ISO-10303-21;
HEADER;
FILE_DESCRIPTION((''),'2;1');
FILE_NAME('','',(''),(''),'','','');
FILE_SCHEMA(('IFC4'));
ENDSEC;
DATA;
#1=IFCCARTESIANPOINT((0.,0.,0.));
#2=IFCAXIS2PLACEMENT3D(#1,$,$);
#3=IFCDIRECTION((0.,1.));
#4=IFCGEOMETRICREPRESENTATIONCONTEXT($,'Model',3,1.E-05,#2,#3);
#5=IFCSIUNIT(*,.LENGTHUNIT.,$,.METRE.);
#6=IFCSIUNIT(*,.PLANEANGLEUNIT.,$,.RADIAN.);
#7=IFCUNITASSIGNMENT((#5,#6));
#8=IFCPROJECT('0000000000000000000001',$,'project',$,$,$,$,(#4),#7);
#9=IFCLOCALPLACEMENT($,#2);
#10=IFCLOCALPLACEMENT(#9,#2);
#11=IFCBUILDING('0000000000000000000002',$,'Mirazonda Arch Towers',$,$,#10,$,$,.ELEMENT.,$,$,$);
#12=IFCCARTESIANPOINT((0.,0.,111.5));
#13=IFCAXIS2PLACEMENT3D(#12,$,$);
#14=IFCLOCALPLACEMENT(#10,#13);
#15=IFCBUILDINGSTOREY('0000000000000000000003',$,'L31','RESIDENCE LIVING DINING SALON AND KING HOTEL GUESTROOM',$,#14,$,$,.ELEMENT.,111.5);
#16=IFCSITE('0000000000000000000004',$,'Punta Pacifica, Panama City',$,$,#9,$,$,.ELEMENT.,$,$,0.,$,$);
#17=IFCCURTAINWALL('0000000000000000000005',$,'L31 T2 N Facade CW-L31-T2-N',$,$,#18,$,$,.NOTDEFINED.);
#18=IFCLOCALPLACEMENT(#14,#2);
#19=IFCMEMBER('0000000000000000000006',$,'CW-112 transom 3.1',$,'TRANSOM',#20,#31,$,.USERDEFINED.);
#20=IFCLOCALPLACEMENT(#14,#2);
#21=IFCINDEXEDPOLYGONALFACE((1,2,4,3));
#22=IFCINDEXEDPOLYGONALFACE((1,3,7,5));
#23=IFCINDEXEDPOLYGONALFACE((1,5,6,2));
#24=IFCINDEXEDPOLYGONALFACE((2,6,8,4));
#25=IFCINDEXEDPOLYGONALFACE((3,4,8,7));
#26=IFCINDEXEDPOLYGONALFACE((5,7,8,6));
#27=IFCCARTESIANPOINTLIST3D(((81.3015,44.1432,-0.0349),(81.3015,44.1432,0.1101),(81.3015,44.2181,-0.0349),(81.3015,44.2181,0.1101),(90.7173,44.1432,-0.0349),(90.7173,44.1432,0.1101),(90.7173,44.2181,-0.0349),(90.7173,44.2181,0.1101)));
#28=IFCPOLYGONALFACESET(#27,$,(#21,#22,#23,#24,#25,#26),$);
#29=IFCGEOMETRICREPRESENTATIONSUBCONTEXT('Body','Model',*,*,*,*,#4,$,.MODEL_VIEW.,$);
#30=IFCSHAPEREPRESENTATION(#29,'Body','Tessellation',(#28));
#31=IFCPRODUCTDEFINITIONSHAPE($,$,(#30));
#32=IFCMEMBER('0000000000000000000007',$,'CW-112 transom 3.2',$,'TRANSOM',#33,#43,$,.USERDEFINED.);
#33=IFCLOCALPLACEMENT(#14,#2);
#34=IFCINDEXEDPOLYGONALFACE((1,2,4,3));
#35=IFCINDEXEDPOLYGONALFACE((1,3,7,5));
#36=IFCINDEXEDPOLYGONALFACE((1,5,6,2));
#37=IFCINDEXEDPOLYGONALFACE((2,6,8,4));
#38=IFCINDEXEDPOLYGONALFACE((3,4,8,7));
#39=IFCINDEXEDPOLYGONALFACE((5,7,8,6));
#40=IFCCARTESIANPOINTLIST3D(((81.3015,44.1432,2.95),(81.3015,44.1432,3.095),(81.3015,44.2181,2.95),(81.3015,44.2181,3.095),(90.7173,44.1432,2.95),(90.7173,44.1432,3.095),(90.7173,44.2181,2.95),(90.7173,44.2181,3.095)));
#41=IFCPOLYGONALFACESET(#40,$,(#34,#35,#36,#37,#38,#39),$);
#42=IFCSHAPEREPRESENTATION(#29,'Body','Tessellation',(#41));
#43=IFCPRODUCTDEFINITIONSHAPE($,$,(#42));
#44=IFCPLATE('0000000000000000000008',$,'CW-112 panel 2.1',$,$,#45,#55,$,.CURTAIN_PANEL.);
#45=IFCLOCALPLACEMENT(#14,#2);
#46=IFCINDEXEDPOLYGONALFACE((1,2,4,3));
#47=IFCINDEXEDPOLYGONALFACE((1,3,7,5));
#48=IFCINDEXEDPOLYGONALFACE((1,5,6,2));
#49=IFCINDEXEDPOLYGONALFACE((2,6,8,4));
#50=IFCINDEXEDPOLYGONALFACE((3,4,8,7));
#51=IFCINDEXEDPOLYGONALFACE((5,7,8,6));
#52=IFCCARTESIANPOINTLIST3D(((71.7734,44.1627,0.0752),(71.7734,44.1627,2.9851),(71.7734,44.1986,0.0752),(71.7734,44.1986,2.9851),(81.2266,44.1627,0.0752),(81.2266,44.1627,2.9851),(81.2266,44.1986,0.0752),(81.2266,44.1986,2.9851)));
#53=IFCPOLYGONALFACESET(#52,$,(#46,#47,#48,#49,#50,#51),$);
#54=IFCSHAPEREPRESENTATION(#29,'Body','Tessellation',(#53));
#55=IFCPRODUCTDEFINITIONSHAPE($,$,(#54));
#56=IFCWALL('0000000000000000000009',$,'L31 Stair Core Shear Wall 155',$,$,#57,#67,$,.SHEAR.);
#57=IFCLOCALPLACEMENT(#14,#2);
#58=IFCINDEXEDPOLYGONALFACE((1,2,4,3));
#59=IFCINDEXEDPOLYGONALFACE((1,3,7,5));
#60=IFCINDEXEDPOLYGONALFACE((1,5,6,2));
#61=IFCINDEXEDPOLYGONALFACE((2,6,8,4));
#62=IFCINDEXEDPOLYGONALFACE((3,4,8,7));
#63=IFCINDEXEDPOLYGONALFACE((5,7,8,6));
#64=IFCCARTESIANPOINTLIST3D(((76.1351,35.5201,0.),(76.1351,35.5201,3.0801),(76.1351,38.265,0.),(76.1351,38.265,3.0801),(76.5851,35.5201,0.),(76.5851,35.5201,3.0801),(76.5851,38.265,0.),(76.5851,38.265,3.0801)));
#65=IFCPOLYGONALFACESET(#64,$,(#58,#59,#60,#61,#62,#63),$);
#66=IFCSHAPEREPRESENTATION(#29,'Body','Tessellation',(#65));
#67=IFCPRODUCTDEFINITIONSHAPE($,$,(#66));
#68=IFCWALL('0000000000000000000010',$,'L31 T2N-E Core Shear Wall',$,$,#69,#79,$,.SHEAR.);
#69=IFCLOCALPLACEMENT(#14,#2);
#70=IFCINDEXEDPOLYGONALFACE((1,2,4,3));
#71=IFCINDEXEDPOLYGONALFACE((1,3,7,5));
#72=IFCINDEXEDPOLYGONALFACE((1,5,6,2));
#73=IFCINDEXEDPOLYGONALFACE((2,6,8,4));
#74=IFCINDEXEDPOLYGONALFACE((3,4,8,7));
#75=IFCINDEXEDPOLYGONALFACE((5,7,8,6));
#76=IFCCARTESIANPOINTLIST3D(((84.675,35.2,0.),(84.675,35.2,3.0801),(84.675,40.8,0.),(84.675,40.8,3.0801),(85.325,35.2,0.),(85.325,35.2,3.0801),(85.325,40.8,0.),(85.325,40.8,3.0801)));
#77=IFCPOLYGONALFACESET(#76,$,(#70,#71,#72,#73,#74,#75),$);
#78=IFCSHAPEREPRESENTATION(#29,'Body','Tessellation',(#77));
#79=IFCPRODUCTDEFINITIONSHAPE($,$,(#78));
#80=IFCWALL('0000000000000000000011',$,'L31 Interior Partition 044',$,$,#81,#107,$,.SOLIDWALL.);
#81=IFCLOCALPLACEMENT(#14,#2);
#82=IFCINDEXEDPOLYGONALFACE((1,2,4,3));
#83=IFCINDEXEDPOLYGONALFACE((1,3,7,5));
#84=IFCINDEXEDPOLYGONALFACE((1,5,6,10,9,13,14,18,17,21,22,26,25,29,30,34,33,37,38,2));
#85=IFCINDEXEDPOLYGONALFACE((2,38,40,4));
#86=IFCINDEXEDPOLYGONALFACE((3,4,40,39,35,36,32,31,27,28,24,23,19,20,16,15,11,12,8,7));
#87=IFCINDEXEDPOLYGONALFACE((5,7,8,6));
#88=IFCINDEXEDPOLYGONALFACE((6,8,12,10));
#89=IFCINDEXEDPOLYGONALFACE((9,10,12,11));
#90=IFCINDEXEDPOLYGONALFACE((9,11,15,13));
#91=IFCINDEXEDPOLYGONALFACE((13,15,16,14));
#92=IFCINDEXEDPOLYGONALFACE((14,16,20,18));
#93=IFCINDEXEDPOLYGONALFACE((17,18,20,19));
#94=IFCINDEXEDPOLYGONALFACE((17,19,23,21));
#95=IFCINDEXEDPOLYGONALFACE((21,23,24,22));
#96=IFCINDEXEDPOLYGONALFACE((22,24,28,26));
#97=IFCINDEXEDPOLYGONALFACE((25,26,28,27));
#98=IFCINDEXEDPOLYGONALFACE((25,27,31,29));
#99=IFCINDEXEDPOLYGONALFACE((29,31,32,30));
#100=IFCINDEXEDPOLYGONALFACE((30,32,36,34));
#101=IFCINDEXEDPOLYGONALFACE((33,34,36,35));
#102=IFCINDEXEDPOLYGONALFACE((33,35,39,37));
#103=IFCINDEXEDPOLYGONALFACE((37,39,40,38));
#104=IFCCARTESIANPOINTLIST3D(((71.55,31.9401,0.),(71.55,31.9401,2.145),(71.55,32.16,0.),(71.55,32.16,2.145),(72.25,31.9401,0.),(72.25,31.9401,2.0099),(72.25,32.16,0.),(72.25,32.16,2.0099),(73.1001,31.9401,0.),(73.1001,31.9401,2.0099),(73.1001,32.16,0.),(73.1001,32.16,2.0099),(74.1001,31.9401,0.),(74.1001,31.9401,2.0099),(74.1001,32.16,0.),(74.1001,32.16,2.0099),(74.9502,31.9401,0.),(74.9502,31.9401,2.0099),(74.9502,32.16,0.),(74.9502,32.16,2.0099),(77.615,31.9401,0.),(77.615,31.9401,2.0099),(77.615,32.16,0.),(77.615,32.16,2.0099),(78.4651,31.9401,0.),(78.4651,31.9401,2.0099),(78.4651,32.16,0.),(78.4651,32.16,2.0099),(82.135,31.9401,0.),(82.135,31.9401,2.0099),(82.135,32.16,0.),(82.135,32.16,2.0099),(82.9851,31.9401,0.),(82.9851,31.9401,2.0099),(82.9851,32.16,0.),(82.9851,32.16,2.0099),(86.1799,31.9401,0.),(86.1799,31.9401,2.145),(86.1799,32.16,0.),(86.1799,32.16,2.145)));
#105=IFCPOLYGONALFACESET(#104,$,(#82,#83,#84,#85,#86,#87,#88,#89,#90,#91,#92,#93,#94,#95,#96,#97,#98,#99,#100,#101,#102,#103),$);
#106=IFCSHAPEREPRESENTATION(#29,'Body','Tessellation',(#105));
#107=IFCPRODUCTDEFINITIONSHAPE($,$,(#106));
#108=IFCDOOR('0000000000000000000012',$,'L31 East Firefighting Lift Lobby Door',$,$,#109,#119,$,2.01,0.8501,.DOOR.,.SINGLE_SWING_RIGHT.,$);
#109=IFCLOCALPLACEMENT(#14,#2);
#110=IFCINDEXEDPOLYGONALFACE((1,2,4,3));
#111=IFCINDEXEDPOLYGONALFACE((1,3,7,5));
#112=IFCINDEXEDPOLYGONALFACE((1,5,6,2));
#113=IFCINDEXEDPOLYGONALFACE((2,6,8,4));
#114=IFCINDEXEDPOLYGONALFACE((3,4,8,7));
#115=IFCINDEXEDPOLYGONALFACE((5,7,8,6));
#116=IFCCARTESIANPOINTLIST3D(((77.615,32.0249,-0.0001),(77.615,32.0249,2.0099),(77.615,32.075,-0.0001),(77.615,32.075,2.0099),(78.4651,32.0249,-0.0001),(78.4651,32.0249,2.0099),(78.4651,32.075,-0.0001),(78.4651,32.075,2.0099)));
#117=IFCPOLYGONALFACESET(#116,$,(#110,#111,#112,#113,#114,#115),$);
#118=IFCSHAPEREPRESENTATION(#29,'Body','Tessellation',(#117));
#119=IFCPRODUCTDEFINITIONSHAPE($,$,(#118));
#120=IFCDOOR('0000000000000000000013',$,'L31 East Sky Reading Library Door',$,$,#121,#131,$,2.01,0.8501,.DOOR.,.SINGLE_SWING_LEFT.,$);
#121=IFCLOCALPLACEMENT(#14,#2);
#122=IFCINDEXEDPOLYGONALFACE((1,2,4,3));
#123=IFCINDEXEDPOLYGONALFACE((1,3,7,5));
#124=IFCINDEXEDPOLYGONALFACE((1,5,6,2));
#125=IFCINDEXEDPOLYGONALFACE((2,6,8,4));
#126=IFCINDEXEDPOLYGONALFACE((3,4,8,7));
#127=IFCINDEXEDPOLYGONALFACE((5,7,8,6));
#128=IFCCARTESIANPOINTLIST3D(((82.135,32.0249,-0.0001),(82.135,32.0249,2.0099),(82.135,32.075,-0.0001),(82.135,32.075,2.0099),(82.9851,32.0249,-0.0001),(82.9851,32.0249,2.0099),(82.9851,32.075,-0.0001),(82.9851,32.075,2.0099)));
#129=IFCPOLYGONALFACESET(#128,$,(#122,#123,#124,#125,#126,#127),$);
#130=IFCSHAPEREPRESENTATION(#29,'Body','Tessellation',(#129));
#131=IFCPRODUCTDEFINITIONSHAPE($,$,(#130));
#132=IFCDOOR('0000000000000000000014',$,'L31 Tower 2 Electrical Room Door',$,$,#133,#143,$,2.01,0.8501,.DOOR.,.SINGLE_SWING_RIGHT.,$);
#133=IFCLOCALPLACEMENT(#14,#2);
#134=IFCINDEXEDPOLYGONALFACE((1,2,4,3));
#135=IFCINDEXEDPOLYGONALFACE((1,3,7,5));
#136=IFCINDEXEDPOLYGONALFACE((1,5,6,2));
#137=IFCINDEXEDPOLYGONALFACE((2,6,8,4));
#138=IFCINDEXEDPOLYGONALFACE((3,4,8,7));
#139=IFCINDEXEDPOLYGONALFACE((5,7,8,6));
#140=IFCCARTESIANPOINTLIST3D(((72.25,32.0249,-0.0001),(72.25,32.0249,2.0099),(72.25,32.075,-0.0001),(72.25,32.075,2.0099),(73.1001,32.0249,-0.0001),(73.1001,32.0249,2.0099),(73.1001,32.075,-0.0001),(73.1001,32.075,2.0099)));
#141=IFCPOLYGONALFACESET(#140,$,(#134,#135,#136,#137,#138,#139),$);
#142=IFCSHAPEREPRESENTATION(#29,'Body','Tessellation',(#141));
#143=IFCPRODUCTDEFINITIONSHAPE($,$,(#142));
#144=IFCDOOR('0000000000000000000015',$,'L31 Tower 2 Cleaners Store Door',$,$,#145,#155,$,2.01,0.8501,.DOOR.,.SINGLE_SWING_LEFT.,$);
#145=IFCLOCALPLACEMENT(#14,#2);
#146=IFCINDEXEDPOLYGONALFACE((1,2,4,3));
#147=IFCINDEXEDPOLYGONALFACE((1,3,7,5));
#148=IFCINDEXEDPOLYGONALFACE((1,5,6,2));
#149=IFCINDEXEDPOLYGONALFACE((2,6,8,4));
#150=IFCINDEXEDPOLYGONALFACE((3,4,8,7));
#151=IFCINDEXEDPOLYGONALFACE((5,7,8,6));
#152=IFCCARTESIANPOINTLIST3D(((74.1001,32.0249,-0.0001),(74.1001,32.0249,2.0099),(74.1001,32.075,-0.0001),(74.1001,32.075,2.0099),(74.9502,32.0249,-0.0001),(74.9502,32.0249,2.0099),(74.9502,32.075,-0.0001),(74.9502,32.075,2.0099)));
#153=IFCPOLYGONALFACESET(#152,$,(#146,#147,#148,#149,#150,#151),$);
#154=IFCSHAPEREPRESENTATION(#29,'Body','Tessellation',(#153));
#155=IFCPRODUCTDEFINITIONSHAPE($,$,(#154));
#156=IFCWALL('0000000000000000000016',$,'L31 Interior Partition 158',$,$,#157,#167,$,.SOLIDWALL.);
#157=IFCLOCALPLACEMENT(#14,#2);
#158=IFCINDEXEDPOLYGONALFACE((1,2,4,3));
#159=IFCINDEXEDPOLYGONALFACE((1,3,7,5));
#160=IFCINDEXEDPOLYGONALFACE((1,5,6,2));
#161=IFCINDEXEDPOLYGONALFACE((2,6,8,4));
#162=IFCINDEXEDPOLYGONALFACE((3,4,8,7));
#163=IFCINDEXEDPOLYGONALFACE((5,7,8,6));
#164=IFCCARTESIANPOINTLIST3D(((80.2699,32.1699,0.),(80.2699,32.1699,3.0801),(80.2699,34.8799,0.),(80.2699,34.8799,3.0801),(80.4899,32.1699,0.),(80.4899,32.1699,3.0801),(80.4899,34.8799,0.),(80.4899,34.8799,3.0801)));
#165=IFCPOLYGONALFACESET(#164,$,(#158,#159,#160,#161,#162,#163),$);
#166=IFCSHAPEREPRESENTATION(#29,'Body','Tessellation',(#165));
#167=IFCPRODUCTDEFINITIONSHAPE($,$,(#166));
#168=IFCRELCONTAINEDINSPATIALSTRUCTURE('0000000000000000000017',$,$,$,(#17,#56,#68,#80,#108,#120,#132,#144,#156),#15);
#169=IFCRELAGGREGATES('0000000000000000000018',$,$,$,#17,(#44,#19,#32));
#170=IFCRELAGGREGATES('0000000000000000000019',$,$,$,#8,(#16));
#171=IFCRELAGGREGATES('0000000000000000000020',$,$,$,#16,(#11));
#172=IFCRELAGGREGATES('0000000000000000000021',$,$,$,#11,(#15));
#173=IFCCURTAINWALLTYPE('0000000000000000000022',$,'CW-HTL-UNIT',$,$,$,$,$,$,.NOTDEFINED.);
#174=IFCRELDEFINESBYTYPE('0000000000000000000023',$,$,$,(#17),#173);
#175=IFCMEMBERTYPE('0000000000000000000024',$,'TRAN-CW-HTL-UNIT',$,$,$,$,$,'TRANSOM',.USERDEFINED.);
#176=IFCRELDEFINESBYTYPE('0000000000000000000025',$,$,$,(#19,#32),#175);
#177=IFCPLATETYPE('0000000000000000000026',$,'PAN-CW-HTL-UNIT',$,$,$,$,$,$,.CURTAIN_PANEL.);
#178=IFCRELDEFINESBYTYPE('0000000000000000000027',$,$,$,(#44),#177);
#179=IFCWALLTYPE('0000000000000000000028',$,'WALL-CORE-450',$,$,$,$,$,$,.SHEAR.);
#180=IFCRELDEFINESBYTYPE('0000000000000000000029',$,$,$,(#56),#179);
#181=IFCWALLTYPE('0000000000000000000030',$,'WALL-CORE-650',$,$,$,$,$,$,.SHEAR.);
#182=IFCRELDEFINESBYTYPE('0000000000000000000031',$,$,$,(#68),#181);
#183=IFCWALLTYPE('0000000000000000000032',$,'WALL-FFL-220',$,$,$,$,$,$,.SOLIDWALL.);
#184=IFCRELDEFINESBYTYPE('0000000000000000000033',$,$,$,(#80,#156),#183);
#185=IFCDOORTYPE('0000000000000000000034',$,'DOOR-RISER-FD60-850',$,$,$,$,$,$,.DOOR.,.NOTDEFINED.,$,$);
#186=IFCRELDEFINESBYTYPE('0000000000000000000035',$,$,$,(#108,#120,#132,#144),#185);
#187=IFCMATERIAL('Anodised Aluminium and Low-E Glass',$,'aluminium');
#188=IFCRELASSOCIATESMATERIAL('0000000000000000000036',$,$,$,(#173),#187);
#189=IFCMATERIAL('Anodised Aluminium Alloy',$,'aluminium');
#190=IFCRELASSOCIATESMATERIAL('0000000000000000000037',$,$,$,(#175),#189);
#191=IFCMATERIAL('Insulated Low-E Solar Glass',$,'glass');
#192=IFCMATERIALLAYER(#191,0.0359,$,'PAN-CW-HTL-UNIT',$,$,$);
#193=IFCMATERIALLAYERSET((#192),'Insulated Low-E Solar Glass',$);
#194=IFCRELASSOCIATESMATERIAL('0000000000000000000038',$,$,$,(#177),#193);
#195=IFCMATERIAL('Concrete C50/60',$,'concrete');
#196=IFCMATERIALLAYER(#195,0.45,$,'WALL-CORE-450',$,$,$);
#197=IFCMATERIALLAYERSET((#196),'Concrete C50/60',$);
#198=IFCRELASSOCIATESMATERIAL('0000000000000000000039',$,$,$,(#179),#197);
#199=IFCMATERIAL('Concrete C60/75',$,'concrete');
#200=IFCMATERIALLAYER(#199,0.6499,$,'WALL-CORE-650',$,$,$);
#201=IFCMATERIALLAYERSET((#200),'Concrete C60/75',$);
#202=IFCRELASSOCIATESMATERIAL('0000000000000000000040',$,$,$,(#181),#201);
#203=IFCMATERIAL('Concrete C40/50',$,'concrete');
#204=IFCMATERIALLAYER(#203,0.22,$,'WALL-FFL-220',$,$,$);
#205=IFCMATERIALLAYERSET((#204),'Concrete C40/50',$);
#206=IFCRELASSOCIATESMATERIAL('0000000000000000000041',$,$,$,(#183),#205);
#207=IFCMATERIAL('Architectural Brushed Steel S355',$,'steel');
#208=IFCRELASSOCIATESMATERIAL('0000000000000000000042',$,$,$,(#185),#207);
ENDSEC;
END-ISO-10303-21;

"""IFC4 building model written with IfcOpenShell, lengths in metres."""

from ifc_helpers import new_model, si_unit, direction, frame, frame_2d, origin, origin_2d, place, context, subcontext, project, spatial, rectangle, extrude, material, layer, layer_set, material_profile, profile_set, type_object, element, fill, aggregate, save


model = new_model("IFC4")

# Units and contexts
model_context = context("Model", 3, precision=1e-05, world=origin(), true_north=direction((0.0, 1.0)))
body_context = subcontext(model_context, "Body", "Model", "MODEL_VIEW")
ifc_project = project(units=[si_unit("LENGTHUNIT", "METRE"), si_unit("PLANEANGLEUNIT", "RADIAN")], contexts=[model_context])

# Site, building, storey
site_placement = place(None, origin())
site = spatial("IfcSite", under=ifc_project, at=site_placement, Name="Punta Pacifica, Panama City", CompositionType="ELEMENT", RefElevation=0.0)
building_placement = place(site_placement, origin())
building = spatial("IfcBuilding", under=site, at=building_placement, Name="Mirazonda Arch Towers", CompositionType="ELEMENT")
storey_placement = place(building_placement, frame((0.0, 0.0, 111.5)))
storey = spatial("IfcBuildingStorey", under=building, at=storey_placement, Name="L31", Description="RESIDENCE LIVING DINING SALON AND KING HOTEL GUESTROOM", CompositionType="ELEMENT", Elevation=111.5)

# Shared definitions
ifc_material_1 = material(Name="Concrete C50/60", Category="concrete")

# Shared definitions
ifc_material_2 = material(Name="Concrete C60/75", Category="concrete")

# Curtain wall, members, plate
ifc_material_3 = material(Name="Anodised Aluminium and Low-E Glass", Category="aluminium")
curtain_wall_type = type_object("IfcCurtainWallType", Name="CW-HTL-UNIT", PredefinedType="NOTDEFINED", material=ifc_material_3)
curtain_wall_placement = place(storey_placement, origin())
curtain_wall = element("IfcCurtainWall", 1, at=curtain_wall_placement, inside=storey, type_object=curtain_wall_type, Name="L31 T2 N Facade CW-L31-T2-N", PredefinedType="NOTDEFINED")
ifc_material_4 = material(Name="Anodised Aluminium Alloy", Category="aluminium")
ifc_material_profile_1 = material_profile(ifc_material_4, rectangle(XDim=0.075, YDim=0.145, at=origin_2d()), Name="ALU-TRAN-75x145")
ifc_profile_set_1 = profile_set([ifc_material_profile_1], Name="Anodised Aluminium Alloy")
member_type_1 = type_object("IfcMemberType", Name="TRAN-CW-HTL-UNIT", ElementType="TRANSOM", PredefinedType="USERDEFINED", material=ifc_profile_set_1)
member_1_placement = place(storey_placement, frame((81.3015, 44.1807, 0.0376), z_axis=(1.0, 0.0, 0.0), x_axis=(0.0, 1.0, 0.0)))
member_1 = element("IfcMember", 2, at=member_1_placement, type_object=member_type_1, Name="CW-112 transom 3.1", ObjectType="TRANSOM", PredefinedType="USERDEFINED", context=body_context, shape_type="SweptSolid", body=[
    extrude(rectangle(XDim=0.075, YDim=0.145, at=origin_2d()), origin(), (0.0, 0.0, 1.0), 9.4158),
])
member_2_placement = place(storey_placement, frame((81.3015, 44.1807, 3.0225), z_axis=(1.0, 0.0, 0.0), x_axis=(0.0, 1.0, 0.0)))
member_2 = element("IfcMember", 3, at=member_2_placement, type_object=member_type_1, Name="CW-112 transom 3.2", ObjectType="TRANSOM", PredefinedType="USERDEFINED", context=body_context, shape_type="SweptSolid", body=[
    extrude(rectangle(XDim=0.075, YDim=0.145, at=origin_2d()), origin(), (0.0, 0.0, 1.0), 9.4158),
])
ifc_material_5 = material(Name="Insulated Low-E Solar Glass", Category="glass")
ifc_layer_1 = layer(ifc_material_5, 0.0359, Name="PAN-CW-HTL-UNIT")
ifc_layer_set_1 = layer_set([ifc_layer_1], Name="Insulated Low-E Solar Glass")
plate_type = type_object("IfcPlateType", Name="PAN-CW-HTL-UNIT", PredefinedType="CURTAIN_PANEL", material=ifc_layer_set_1)
plate_placement = place(storey_placement, frame((76.5, 44.1807, 0.0752), z_axis=(0.0, 0.0, 1.0), x_axis=(1.0, 0.0, 0.0)))
plate = element("IfcPlate", 4, at=plate_placement, type_object=plate_type, Name="CW-112 panel 2.1", PredefinedType="CURTAIN_PANEL", context=body_context, shape_type="SweptSolid", body=[
    extrude(rectangle(XDim=9.4531, YDim=0.0359, at=origin_2d()), origin(), (0.0, 0.0, 1.0), 2.9099),
])
aggregate(curtain_wall, [plate, member_1, member_2])

# Walls
ifc_layer_2 = layer(ifc_material_1, 0.45, Name="WALL-CORE-450")
ifc_layer_set_2 = layer_set([ifc_layer_2], Name="Concrete C50/60")
wall_type_1 = type_object("IfcWallType", Name="WALL-CORE-450", PredefinedType="SHEAR", material=ifc_layer_set_2)
wall_1_placement = place(storey_placement, frame((76.3601, 35.52, 0.0), z_axis=(0.0, 0.0, 1.0), x_axis=(0.0, 1.0, 0.0)))
element("IfcWall", 5, at=wall_1_placement, inside=storey, type_object=wall_type_1, Name="L31 Stair Core Shear Wall 155", PredefinedType="SHEAR", context=body_context, shape_type="SweptSolid", body=[
    extrude(rectangle(XDim=2.7449, YDim=0.45, at=frame_2d((1.3726, 0.0))), origin(), (0.0, 0.0, 1.0), 3.0801),
])
ifc_layer_3 = layer(ifc_material_2, 0.6499, Name="WALL-CORE-650")
ifc_layer_set_3 = layer_set([ifc_layer_3], Name="Concrete C60/75")
wall_type_2 = type_object("IfcWallType", Name="WALL-CORE-650", PredefinedType="SHEAR", material=ifc_layer_set_3)
wall_2_placement = place(storey_placement, frame((85.0, 35.2, 0.0), z_axis=(0.0, 0.0, 1.0), x_axis=(0.0, 1.0, 0.0)))
element("IfcWall", 6, at=wall_2_placement, inside=storey, type_object=wall_type_2, Name="L31 T2N-E Core Shear Wall", PredefinedType="SHEAR", context=body_context, shape_type="SweptSolid", body=[
    extrude(rectangle(XDim=5.6001, YDim=0.6499, at=frame_2d((2.8, 0.0))), origin(), (0.0, 0.0, 1.0), 3.0801),
])

# Wall, openings, doors
ifc_material_6 = material(Name="Concrete C40/50", Category="concrete")
ifc_layer_4 = layer(ifc_material_6, 0.22, Name="WALL-FFL-220")
ifc_layer_set_4 = layer_set([ifc_layer_4], Name="Concrete C40/50")
wall_type_3 = type_object("IfcWallType", Name="WALL-FFL-220", PredefinedType="SOLIDWALL", material=ifc_layer_set_4)
wall_3_placement = place(storey_placement, frame((71.55, 32.05, 0.0), z_axis=(0.0, 0.0, 1.0), x_axis=(1.0, 0.0, 0.0)))
wall_3 = element("IfcWall", 7, at=wall_3_placement, inside=storey, type_object=wall_type_3, Name="L31 Interior Partition 044", PredefinedType="SOLIDWALL", context=body_context, shape_type="SweptSolid", body=[
    extrude(rectangle(XDim=14.6299, YDim=0.22, at=frame_2d((7.3149, 0.0))), origin(), (0.0, 0.0, 1.0), 2.145),
])
opening_1_placement = place(wall_3_placement, frame((6.0649, 0.0, 0.0)))
opening_1 = element("IfcOpeningElement", 8, at=opening_1_placement, cuts=wall_3, PredefinedType="OPENING", context=body_context, shape_type="SweptSolid", body=[
    extrude(rectangle(XDim=0.8501, YDim=2.01, at=frame_2d((0.425, 1.0049))), frame((0.0, 0.1199, 0.0), z_axis=(0.0, -1.0, 0.0), x_axis=(1.0, 0.0, 0.0)), (0.0, 0.0, 1.0), 0.24),
])
opening_2_placement = place(wall_3_placement, frame((10.585, 0.0, 0.0)))
opening_2 = element("IfcOpeningElement", 9, at=opening_2_placement, cuts=wall_3, PredefinedType="OPENING", context=body_context, shape_type="SweptSolid", body=[
    extrude(rectangle(XDim=0.8501, YDim=2.01, at=frame_2d((0.425, 1.0049))), frame((0.0, 0.1199, 0.0), z_axis=(0.0, -1.0, 0.0), x_axis=(1.0, 0.0, 0.0)), (0.0, 0.0, 1.0), 0.24),
])
opening_3_placement = place(wall_3_placement, frame((0.7, 0.0, 0.0)))
opening_3 = element("IfcOpeningElement", 10, at=opening_3_placement, cuts=wall_3, PredefinedType="OPENING", context=body_context, shape_type="SweptSolid", body=[
    extrude(rectangle(XDim=0.8501, YDim=2.01, at=frame_2d((0.425, 1.0049))), frame((0.0, 0.1199, 0.0), z_axis=(0.0, -1.0, 0.0), x_axis=(1.0, 0.0, 0.0)), (0.0, 0.0, 1.0), 0.24),
])
opening_4_placement = place(wall_3_placement, frame((2.55, 0.0, 0.0)))
opening_4 = element("IfcOpeningElement", 11, at=opening_4_placement, cuts=wall_3, PredefinedType="OPENING", context=body_context, shape_type="SweptSolid", body=[
    extrude(rectangle(XDim=0.8501, YDim=2.01, at=frame_2d((0.425, 1.0049))), frame((0.0, 0.1199, 0.0), z_axis=(0.0, -1.0, 0.0), x_axis=(1.0, 0.0, 0.0)), (0.0, 0.0, 1.0), 0.24),
])
ifc_material_7 = material(Name="Architectural Brushed Steel S355", Category="steel")
door_type = type_object("IfcDoorType", Name="DOOR-RISER-FD60-850", OperationType="NOTDEFINED", PredefinedType="DOOR", material=ifc_material_7)
door_1_placement = place(opening_1_placement, origin())
door_1 = element("IfcDoor", 12, at=door_1_placement, inside=storey, type_object=door_type, Name="L31 East Firefighting Lift Lobby Door", OperationType="SINGLE_SWING_RIGHT", OverallHeight=2.01, OverallWidth=0.8501, PredefinedType="DOOR", context=body_context, shape_type="SweptSolid", body=[
    extrude(rectangle(XDim=0.8501, YDim=2.01, at=frame_2d((0.425, 1.0049))), frame((0.0, 0.0249, 0.0), z_axis=(0.0, -1.0, 0.0), x_axis=(1.0, 0.0, 0.0)), (0.0, 0.0, 1.0), 0.05),
])
fill(opening_1, door_1)
door_2_placement = place(opening_2_placement, origin())
door_2 = element("IfcDoor", 13, at=door_2_placement, inside=storey, type_object=door_type, Name="L31 East Sky Reading Library Door", OperationType="SINGLE_SWING_LEFT", OverallHeight=2.01, OverallWidth=0.8501, PredefinedType="DOOR", context=body_context, shape_type="SweptSolid", body=[
    extrude(rectangle(XDim=0.8501, YDim=2.01, at=frame_2d((0.425, 1.0049))), frame((0.0, 0.0249, 0.0), z_axis=(0.0, -1.0, 0.0), x_axis=(1.0, 0.0, 0.0)), (0.0, 0.0, 1.0), 0.05),
])
fill(opening_2, door_2)
door_3_placement = place(opening_3_placement, origin())
door_3 = element("IfcDoor", 14, at=door_3_placement, inside=storey, type_object=door_type, Name="L31 Tower 2 Electrical Room Door", OperationType="SINGLE_SWING_RIGHT", OverallHeight=2.01, OverallWidth=0.8501, PredefinedType="DOOR", context=body_context, shape_type="SweptSolid", body=[
    extrude(rectangle(XDim=0.8501, YDim=2.01, at=frame_2d((0.425, 1.0049))), frame((0.0, 0.0249, 0.0), z_axis=(0.0, -1.0, 0.0), x_axis=(1.0, 0.0, 0.0)), (0.0, 0.0, 1.0), 0.05),
])
fill(opening_3, door_3)
door_4_placement = place(opening_4_placement, origin())
door_4 = element("IfcDoor", 15, at=door_4_placement, inside=storey, type_object=door_type, Name="L31 Tower 2 Cleaners Store Door", OperationType="SINGLE_SWING_LEFT", OverallHeight=2.01, OverallWidth=0.8501, PredefinedType="DOOR", context=body_context, shape_type="SweptSolid", body=[
    extrude(rectangle(XDim=0.8501, YDim=2.01, at=frame_2d((0.425, 1.0049))), frame((0.0, 0.0249, 0.0), z_axis=(0.0, -1.0, 0.0), x_axis=(1.0, 0.0, 0.0)), (0.0, 0.0, 1.0), 0.05),
])
fill(opening_4, door_4)

# Wall
wall_4_placement = place(storey_placement, frame((80.3799, 32.1699, 0.0), z_axis=(0.0, 0.0, 1.0), x_axis=(0.0, 1.0, 0.0)))
element("IfcWall", 16, at=wall_4_placement, inside=storey, type_object=wall_type_3, Name="L31 Interior Partition 158", PredefinedType="SOLIDWALL", context=body_context, shape_type="SweptSolid", body=[
    extrude(rectangle(XDim=2.71, YDim=0.22, at=frame_2d((1.355, 0.0))), origin(), (0.0, 0.0, 1.0), 3.0801),
])

save(model, "model.ifc")
